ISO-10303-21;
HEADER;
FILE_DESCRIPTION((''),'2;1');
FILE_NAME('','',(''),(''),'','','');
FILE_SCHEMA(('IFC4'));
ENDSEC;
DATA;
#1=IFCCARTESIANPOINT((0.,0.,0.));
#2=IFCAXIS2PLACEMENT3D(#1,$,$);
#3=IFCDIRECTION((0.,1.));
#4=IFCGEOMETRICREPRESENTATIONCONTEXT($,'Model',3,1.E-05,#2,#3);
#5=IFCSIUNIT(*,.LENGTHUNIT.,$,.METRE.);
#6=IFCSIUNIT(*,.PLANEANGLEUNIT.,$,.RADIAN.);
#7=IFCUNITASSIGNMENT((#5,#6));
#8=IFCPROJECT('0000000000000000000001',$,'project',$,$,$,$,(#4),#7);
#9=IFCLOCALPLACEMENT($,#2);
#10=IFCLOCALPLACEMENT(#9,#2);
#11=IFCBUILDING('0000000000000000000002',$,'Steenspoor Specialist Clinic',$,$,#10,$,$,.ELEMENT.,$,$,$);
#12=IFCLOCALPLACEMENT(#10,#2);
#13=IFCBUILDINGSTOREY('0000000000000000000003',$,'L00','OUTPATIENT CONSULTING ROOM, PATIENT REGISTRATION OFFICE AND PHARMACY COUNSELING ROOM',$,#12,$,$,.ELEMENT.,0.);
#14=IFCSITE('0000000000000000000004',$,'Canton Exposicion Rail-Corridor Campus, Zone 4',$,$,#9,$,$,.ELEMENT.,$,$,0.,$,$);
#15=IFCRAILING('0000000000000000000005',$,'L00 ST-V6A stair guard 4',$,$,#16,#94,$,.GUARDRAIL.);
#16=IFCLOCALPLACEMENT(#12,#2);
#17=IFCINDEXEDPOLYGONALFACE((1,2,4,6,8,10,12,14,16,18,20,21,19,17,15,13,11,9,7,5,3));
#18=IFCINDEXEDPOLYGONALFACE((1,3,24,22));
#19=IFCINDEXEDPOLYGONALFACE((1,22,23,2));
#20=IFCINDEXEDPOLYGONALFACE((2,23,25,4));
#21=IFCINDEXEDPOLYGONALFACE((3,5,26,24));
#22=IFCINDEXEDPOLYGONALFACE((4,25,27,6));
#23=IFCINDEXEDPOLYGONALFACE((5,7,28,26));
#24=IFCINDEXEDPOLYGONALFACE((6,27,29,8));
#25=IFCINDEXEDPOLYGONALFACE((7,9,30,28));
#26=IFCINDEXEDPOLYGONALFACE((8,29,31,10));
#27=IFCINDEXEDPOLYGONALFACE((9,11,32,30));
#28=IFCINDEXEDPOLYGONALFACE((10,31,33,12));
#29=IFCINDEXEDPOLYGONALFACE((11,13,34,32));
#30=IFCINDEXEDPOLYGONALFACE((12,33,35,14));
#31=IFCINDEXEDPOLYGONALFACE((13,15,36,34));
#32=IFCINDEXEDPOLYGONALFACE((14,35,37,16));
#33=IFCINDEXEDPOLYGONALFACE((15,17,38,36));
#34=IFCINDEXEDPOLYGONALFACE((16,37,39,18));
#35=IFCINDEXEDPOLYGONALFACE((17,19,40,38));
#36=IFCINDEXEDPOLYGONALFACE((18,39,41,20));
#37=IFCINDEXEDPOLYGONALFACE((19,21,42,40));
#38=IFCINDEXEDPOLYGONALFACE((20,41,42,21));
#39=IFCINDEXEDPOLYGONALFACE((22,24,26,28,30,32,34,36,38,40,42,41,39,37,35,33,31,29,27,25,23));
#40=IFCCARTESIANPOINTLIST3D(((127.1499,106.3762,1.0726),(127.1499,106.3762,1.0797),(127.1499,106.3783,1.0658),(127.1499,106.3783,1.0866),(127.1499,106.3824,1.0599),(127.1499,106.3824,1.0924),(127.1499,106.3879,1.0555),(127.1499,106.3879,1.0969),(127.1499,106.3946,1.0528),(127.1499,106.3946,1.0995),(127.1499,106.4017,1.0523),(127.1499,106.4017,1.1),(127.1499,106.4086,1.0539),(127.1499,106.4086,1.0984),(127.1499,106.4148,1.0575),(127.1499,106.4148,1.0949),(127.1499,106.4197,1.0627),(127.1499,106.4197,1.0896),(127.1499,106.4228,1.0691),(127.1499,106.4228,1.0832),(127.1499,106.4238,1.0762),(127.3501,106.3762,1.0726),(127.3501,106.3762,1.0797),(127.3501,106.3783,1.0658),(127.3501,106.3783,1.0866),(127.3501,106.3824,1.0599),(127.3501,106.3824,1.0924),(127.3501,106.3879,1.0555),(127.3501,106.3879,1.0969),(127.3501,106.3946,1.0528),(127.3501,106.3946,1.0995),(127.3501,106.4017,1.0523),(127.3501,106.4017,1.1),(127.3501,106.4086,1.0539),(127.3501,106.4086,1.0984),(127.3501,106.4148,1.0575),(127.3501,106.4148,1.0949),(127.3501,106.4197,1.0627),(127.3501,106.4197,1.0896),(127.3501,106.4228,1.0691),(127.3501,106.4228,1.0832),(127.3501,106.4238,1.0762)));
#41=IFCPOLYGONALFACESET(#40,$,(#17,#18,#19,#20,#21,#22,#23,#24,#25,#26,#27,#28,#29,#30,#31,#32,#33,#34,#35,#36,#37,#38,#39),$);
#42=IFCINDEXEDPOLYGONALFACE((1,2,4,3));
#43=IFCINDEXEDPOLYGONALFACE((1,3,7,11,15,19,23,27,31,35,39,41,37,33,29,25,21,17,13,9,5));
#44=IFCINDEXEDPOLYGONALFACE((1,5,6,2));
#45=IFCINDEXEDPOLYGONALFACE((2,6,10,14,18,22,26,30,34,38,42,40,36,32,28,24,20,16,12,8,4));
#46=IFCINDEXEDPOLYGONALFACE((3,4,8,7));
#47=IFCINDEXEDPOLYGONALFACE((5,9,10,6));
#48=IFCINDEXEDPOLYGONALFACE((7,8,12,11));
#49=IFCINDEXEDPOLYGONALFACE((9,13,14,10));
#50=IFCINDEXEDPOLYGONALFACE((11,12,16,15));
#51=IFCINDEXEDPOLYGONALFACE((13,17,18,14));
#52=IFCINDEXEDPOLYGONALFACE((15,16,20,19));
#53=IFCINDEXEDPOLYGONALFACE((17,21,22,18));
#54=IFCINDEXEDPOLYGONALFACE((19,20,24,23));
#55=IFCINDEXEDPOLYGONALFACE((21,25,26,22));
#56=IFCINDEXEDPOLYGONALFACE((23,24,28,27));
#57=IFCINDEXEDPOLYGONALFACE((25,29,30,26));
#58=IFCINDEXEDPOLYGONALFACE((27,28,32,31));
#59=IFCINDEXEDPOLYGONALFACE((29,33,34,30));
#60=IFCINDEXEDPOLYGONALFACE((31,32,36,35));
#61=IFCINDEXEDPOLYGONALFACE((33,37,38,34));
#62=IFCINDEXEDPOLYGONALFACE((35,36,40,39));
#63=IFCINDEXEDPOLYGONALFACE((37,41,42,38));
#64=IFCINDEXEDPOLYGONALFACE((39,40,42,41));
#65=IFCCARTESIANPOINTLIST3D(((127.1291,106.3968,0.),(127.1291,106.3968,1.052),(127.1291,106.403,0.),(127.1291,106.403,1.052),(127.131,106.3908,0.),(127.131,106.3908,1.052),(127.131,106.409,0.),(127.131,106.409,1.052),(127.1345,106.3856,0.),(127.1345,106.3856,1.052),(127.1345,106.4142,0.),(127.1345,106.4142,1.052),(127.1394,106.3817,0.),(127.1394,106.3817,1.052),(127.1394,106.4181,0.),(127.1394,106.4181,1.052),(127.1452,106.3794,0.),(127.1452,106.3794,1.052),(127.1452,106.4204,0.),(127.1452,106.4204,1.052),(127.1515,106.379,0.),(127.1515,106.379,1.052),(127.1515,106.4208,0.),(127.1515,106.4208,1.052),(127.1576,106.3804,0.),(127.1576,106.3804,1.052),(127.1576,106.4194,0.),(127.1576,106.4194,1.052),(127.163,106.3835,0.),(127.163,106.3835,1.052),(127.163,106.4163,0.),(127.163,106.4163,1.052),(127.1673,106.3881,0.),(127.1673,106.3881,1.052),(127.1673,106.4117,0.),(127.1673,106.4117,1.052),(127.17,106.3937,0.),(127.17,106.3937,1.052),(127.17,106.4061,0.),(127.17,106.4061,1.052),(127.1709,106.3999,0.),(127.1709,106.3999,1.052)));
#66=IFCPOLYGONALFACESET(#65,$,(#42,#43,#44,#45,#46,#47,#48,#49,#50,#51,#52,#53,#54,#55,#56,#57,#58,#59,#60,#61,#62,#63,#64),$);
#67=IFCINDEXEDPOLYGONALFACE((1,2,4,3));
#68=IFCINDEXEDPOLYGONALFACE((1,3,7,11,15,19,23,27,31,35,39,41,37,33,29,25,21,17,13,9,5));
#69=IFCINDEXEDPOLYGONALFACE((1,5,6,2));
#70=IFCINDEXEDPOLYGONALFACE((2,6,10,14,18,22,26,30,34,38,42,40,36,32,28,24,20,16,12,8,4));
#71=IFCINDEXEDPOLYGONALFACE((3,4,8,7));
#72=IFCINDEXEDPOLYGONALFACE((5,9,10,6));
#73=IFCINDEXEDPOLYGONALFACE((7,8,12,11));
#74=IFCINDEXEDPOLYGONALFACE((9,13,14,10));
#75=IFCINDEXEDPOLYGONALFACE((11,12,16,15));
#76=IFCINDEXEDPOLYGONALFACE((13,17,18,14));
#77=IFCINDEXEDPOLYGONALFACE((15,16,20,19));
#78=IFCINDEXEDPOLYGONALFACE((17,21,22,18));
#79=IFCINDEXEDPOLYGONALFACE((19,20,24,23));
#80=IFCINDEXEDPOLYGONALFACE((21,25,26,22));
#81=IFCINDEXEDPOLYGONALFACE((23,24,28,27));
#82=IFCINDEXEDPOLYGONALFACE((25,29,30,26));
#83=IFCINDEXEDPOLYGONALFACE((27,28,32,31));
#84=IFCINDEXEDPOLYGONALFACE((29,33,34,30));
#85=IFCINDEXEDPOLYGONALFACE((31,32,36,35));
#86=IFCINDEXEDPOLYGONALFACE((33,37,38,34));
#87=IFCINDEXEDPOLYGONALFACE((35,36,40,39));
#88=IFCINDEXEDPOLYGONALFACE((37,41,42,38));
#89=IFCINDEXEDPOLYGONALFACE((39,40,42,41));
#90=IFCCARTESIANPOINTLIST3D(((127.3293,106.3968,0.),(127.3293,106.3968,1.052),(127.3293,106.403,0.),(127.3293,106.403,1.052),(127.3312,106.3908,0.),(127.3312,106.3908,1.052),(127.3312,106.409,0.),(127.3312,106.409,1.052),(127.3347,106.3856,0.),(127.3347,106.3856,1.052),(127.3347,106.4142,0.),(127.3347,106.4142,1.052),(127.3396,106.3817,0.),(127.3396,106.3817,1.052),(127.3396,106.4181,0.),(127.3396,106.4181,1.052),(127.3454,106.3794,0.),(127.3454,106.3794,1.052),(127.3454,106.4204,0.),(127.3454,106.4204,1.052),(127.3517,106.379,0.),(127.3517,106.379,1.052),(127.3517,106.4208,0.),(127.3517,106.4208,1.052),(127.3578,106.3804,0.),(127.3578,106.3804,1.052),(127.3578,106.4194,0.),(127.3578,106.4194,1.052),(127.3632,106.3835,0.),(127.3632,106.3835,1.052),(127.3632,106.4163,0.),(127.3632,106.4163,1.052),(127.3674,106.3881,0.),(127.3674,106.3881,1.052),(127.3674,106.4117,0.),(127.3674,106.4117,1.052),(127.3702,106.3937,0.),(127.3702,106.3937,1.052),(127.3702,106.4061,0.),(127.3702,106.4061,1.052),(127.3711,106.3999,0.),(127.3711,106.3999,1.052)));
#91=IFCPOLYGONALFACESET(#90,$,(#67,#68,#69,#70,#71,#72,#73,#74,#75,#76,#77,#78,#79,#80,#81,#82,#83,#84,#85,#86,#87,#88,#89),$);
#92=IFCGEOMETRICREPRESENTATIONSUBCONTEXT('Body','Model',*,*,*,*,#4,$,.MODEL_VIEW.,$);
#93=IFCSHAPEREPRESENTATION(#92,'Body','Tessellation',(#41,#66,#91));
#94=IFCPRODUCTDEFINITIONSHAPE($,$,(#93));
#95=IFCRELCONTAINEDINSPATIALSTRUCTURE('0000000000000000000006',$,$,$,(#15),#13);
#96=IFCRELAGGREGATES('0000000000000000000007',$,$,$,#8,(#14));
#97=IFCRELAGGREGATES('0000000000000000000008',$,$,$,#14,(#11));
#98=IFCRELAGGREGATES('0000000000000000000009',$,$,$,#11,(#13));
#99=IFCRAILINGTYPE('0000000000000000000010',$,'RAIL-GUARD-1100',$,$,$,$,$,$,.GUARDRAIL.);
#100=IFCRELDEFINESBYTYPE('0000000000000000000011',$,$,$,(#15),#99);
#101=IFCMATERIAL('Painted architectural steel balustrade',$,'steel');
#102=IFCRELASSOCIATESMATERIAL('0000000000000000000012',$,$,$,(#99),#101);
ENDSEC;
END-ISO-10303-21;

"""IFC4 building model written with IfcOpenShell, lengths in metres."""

from ifc_helpers import new_model, si_unit, direction, frame, origin, origin_2d, place, context, subcontext, project, spatial, circle, extrude, material, type_object, element, save


model = new_model("IFC4")

# Units and contexts
model_context = context("Model", 3, precision=1e-05, world=origin(), true_north=direction((0.0, 1.0)))
body_context = subcontext(model_context, "Body", "Model", "MODEL_VIEW")
ifc_project = project(units=[si_unit("LENGTHUNIT", "METRE"), si_unit("PLANEANGLEUNIT", "RADIAN")], contexts=[model_context])

# Site, building, storey
site_placement = place(None, origin())
site = spatial("IfcSite", under=ifc_project, at=site_placement, Name="Canton Exposicion Rail-Corridor Campus, Zone 4", CompositionType="ELEMENT", RefElevation=0.0)
building_placement = place(site_placement, origin())
building = spatial("IfcBuilding", under=site, at=building_placement, Name="Steenspoor Specialist Clinic", CompositionType="ELEMENT")
storey_placement = place(building_placement, origin())
storey = spatial("IfcBuildingStorey", under=building, at=storey_placement, Name="L00", Description="OUTPATIENT CONSULTING ROOM, PATIENT REGISTRATION OFFICE AND PHARMACY COUNSELING ROOM", CompositionType="ELEMENT", Elevation=0.0)

# Railing
ifc_material_1 = material(Name="Painted architectural steel balustrade", Category="steel")
railing_type_1 = type_object("IfcRailingType", Name="RAIL-GUARD-1100", PredefinedType="GUARDRAIL", material=ifc_material_1)
railing_1_placement = place(storey_placement, frame((127.1499, 106.3999, 0.0)))
element("IfcRailing", 1, at=railing_1_placement, inside=storey, type_object=railing_type_1, Name="L00 ST-V6A stair guard 4", PredefinedType="GUARDRAIL", context=body_context, shape_type="SweptSolid", body=[
    extrude(circle(Radius=0.0239, at=origin_2d()), frame((0.0, 0.0, 1.0762), z_axis=(1.0, 0.0, 0.0), x_axis=(0.0, 1.0, 0.0)), (0.0, 0.0, 1.0), 0.2002),
    extrude(circle(Radius=0.021, at=origin_2d()), origin(), (0.0, 0.0, 1.0), 1.052),
    extrude(circle(Radius=0.021, at=origin_2d()), frame((0.2002, 0.0, 0.0)), (0.0, 0.0, 1.0), 1.052),
])

save(model, "model.ifc")
